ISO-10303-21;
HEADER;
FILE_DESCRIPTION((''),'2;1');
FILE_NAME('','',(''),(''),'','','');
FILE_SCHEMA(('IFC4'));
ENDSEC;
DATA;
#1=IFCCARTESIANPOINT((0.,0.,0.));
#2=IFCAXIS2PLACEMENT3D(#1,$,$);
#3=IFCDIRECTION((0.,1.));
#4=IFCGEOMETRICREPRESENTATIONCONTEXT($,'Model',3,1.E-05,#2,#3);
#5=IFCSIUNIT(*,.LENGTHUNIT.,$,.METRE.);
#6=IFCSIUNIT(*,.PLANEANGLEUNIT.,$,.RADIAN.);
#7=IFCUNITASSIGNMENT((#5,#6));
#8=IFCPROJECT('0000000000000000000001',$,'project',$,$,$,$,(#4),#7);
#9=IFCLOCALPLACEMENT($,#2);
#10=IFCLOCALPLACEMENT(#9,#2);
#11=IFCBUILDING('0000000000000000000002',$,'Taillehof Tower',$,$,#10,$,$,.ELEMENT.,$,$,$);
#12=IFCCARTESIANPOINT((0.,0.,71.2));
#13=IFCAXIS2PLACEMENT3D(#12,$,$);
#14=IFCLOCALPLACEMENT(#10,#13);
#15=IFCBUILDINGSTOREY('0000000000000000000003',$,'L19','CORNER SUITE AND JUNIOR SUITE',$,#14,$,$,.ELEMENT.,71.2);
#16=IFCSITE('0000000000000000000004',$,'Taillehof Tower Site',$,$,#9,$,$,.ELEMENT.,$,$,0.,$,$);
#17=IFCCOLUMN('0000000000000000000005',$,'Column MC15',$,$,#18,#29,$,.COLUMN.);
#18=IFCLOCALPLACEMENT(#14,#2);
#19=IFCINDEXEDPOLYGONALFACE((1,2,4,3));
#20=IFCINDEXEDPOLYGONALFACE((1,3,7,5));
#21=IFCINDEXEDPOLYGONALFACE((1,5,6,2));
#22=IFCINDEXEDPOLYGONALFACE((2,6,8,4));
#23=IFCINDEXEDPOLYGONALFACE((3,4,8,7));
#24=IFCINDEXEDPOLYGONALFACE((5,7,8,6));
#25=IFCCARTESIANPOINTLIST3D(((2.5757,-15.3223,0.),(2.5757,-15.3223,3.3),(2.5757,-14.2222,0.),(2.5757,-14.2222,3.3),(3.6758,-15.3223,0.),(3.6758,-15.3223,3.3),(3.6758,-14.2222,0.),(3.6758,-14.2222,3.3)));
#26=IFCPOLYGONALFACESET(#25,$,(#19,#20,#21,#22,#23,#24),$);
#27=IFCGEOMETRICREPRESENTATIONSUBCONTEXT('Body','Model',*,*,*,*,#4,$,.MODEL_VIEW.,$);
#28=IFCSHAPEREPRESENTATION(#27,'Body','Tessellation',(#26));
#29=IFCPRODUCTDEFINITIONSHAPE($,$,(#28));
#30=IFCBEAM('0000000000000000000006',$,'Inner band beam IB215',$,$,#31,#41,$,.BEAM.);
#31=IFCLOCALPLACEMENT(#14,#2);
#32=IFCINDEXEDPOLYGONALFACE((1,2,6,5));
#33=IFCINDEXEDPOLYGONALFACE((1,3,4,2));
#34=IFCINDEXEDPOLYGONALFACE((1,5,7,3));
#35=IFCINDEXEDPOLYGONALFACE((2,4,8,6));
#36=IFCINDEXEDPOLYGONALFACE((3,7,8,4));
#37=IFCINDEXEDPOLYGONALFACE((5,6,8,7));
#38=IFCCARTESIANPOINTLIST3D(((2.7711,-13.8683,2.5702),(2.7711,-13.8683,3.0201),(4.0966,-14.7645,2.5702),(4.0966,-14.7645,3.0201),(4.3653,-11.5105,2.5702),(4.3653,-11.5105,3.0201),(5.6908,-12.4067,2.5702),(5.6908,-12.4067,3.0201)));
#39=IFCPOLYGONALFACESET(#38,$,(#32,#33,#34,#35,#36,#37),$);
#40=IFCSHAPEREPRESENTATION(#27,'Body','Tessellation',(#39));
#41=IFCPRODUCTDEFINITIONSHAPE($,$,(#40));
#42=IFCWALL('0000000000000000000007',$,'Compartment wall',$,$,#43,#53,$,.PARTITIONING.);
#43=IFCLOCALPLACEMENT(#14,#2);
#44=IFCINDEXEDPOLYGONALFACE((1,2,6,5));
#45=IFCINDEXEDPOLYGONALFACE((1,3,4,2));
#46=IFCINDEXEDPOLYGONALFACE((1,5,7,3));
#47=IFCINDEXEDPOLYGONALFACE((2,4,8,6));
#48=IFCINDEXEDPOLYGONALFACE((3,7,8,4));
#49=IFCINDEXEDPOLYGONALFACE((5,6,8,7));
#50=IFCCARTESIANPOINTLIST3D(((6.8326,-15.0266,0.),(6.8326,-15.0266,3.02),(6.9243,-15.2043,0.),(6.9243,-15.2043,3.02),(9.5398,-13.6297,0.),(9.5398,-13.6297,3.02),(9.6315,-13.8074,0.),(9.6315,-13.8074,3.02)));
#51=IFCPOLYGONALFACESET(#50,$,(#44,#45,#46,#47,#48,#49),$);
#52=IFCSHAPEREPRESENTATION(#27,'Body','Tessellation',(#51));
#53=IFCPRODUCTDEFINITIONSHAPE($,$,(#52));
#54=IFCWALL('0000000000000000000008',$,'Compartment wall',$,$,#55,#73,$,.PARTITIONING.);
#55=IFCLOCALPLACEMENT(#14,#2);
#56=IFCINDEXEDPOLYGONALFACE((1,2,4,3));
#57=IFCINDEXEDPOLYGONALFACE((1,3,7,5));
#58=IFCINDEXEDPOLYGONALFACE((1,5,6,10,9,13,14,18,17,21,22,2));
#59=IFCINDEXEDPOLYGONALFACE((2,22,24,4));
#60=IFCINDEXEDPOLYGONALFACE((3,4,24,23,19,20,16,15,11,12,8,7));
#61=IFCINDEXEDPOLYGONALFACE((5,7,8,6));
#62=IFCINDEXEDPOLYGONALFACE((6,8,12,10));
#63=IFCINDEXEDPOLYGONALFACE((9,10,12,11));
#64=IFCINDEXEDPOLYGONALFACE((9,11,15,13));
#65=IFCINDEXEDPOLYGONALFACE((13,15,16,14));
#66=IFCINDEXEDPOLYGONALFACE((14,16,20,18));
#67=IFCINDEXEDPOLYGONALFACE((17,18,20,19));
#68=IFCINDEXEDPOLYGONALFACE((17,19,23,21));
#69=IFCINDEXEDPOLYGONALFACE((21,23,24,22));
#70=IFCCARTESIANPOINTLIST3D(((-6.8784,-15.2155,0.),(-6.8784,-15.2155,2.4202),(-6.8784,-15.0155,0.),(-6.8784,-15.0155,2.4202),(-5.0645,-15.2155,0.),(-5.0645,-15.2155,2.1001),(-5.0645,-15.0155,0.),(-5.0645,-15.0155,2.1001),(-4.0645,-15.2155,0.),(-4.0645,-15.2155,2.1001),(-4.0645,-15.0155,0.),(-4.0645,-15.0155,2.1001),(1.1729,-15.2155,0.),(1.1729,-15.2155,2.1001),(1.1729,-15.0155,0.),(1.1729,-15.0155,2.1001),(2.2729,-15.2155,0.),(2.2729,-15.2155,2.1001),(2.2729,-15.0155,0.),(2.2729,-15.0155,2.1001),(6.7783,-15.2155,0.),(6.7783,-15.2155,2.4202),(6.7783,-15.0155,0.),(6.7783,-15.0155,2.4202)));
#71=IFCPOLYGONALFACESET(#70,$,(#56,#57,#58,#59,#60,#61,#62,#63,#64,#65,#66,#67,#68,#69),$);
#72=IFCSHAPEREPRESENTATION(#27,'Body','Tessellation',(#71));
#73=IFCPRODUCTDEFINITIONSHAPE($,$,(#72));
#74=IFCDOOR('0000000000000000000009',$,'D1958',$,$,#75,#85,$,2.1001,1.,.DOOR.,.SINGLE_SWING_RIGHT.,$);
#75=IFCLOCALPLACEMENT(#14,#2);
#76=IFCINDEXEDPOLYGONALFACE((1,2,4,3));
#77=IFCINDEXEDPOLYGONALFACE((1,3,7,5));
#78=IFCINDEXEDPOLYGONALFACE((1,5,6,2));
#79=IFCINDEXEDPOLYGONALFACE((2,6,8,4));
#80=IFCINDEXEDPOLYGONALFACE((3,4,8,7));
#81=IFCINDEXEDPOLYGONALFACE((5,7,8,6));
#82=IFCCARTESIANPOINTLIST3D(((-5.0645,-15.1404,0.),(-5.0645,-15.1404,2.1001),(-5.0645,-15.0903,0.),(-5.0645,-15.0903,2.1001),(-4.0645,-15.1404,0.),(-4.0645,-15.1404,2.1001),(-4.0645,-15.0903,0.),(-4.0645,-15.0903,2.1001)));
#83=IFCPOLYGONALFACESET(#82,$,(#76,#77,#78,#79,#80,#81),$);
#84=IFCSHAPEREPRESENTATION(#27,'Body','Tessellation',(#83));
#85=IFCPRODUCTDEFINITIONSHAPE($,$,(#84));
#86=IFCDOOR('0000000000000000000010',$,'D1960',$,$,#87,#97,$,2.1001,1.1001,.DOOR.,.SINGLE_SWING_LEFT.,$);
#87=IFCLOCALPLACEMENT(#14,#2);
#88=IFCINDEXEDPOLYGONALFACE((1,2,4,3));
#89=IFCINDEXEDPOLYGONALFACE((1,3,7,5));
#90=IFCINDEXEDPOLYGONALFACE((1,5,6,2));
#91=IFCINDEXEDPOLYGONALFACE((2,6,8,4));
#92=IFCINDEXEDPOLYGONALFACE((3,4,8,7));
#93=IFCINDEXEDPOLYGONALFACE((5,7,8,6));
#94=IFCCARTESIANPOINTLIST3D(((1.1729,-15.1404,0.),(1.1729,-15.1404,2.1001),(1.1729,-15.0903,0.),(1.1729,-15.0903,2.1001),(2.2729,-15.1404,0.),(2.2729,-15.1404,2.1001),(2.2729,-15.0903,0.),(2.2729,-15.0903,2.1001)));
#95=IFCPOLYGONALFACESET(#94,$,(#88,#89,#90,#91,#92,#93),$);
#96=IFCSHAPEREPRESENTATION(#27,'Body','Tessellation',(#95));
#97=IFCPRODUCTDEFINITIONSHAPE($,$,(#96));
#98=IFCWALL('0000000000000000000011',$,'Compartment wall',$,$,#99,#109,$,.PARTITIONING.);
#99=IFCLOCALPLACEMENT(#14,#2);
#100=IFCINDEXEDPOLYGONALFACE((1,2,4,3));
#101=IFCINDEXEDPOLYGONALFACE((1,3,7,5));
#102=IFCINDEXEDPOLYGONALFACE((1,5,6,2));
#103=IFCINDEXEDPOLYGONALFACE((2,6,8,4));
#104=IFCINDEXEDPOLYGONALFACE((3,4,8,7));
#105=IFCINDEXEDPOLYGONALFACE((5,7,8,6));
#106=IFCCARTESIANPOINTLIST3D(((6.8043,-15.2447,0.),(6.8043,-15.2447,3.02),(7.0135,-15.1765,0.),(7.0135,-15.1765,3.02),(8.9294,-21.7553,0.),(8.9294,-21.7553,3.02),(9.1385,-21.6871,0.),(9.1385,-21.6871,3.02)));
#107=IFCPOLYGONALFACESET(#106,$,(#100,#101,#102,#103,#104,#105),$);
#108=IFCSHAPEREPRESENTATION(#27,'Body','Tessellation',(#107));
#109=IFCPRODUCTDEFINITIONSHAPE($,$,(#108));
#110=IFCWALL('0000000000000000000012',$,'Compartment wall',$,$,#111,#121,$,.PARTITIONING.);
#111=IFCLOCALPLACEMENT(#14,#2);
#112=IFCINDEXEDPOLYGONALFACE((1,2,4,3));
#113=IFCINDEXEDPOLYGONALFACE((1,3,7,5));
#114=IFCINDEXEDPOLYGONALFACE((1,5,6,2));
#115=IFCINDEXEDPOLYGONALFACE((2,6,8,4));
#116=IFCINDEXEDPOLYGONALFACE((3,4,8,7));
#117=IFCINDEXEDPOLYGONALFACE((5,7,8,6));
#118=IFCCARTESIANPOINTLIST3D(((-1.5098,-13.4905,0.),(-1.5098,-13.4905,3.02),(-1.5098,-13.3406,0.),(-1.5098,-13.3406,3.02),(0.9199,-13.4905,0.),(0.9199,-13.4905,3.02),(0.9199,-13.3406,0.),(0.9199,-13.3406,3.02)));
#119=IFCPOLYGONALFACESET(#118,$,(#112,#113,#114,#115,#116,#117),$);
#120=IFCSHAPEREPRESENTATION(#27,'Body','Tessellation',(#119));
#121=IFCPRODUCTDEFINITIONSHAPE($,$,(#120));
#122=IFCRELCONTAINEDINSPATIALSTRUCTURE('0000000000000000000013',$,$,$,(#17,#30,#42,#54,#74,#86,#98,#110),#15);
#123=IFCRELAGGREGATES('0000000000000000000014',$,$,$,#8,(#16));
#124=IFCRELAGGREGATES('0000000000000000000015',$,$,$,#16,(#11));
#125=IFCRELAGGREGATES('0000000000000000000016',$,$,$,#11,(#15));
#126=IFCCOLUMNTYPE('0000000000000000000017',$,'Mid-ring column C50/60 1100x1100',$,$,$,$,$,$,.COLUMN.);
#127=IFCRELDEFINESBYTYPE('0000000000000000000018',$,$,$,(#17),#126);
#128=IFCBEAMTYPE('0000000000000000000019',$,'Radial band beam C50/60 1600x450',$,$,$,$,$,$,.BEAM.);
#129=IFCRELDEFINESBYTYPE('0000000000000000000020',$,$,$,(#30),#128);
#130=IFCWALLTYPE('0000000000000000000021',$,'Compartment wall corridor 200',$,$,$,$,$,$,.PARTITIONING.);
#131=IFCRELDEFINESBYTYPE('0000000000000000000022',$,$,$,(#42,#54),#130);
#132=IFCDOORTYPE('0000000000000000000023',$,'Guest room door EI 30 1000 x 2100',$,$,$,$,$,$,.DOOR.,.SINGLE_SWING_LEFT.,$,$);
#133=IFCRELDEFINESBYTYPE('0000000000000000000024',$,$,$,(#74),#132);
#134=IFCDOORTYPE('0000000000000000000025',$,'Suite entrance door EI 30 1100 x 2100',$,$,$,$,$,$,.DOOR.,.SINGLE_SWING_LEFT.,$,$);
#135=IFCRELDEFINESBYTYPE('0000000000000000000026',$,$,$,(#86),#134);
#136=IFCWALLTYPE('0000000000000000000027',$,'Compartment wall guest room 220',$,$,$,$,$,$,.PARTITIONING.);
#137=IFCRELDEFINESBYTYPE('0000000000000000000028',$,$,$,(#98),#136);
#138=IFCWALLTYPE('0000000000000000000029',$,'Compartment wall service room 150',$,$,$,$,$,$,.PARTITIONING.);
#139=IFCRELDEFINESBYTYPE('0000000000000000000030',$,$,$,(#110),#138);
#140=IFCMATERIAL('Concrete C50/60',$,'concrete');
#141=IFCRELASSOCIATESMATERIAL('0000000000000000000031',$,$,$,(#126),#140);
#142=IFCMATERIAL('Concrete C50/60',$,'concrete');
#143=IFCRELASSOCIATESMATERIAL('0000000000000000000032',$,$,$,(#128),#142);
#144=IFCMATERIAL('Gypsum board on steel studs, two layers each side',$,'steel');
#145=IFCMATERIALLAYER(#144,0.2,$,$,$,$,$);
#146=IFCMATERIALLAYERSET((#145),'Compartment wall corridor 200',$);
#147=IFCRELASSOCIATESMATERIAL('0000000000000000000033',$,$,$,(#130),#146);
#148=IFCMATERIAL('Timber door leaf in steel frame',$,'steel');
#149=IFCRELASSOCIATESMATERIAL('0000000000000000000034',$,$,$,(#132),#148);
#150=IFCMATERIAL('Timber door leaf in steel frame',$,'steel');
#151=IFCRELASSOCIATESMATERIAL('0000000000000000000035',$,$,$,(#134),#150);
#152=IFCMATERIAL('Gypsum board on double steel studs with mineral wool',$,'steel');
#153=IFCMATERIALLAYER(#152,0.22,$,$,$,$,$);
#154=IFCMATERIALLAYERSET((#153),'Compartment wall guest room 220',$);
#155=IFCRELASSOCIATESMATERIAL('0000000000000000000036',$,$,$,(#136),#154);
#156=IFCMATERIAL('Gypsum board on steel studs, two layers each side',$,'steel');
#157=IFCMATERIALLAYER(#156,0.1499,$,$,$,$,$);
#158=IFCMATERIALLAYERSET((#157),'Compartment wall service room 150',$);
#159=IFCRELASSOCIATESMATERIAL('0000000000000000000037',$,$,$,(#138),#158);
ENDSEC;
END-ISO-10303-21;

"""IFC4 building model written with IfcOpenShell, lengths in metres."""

from ifc_helpers import new_model, si_unit, direction, frame, frame_2d, origin, origin_2d, place, context, subcontext, project, spatial, rectangle, extrude, material, layer, layer_set, material_profile, profile_set, type_object, element, fill, save


model = new_model("IFC4")

# Units and contexts
model_context = context("Model", 3, precision=1e-05, world=origin(), true_north=direction((0.0, 1.0)))
body_context = subcontext(model_context, "Body", "Model", "MODEL_VIEW")
ifc_project = project(units=[si_unit("LENGTHUNIT", "METRE"), si_unit("PLANEANGLEUNIT", "RADIAN")], contexts=[model_context])

# Site, building, storey
site_placement = place(None, origin())
site = spatial("IfcSite", under=ifc_project, at=site_placement, Name="Taillehof Tower Site", CompositionType="ELEMENT", RefElevation=0.0)
building_placement = place(site_placement, origin())
building = spatial("IfcBuilding", under=site, at=building_placement, Name="Taillehof Tower", CompositionType="ELEMENT")
storey_placement = place(building_placement, frame((0.0, 0.0, 71.2)))
storey = spatial("IfcBuildingStorey", under=building, at=storey_placement, Name="L19", Description="CORNER SUITE AND JUNIOR SUITE", CompositionType="ELEMENT", Elevation=71.2)

# Column
ifc_material_1 = material(Name="Concrete C50/60", Category="concrete")
ifc_material_profile_1 = material_profile(ifc_material_1, rectangle(XDim=1.1001, YDim=1.1001, at=origin_2d()), Name="RC 1100x1100")
ifc_profile_set_1 = profile_set([ifc_material_profile_1], Name="Concrete C50/60")
column_type = type_object("IfcColumnType", Name="Mid-ring column C50/60 1100x1100", PredefinedType="COLUMN", material=ifc_profile_set_1)
column_placement = place(storey_placement, frame((3.1257, -14.7722, 0.0), z_axis=(0.0, 0.0, 1.0), x_axis=(1.0, 0.0, 0.0)))
element("IfcColumn", 1, at=column_placement, inside=storey, type_object=column_type, Name="Column MC15", PredefinedType="COLUMN", context=body_context, shape_type="SweptSolid", body=[
    extrude(rectangle(XDim=1.1001, YDim=1.1001, at=origin_2d()), origin(), (0.0, 0.0, 1.0), 3.3),
])

# Beam
ifc_material_2 = material(Name="Concrete C50/60", Category="concrete")
ifc_material_profile_2 = material_profile(ifc_material_2, rectangle(XDim=1.6001, YDim=0.45, at=origin_2d()), Name="RC 1600x450")
ifc_profile_set_2 = profile_set([ifc_material_profile_2], Name="Concrete C50/60")
beam_type = type_object("IfcBeamType", Name="Radial band beam C50/60 1600x450", PredefinedType="BEAM", material=ifc_profile_set_2)
beam_placement = place(storey_placement, frame((3.4338, -14.3164, 2.7952), z_axis=(0.560112, 0.828417, 0.0), x_axis=(-0.828417, 0.560112, 0.0)))
element("IfcBeam", 2, at=beam_placement, inside=storey, type_object=beam_type, Name="Inner band beam IB215", PredefinedType="BEAM", context=body_context, shape_type="SweptSolid", body=[
    extrude(rectangle(XDim=1.6001, YDim=0.45, at=origin_2d()), origin(), (0.0, 0.0, 1.0), 2.8462),
])

# Wall
ifc_material_3 = material(Name="Gypsum board on steel studs, two layers each side", Category="steel")
ifc_layer_1 = layer(ifc_material_3, 0.2)
ifc_layer_set_1 = layer_set([ifc_layer_1], Name="Compartment wall corridor 200")
wall_type_1 = type_object("IfcWallType", Name="Compartment wall corridor 200", PredefinedType="PARTITIONING", material=ifc_layer_set_1)
wall_1_placement = place(storey_placement, frame((9.5857, -13.7185, 0.0), z_axis=(0.0, 0.0, 1.0), x_axis=(-0.888665, -0.458557, 0.0)))
element("IfcWall", 3, at=wall_1_placement, inside=storey, type_object=wall_type_1, Name="Compartment wall", PredefinedType="PARTITIONING", context=body_context, shape_type="SweptSolid", body=[
    extrude(rectangle(XDim=3.0464, YDim=0.2, at=frame_2d((1.5232, 0.0))), origin(), (0.0, 0.0, 1.0), 3.02),
])

# Wall, openings, doors
wall_2_placement = place(storey_placement, frame((6.7783, -15.1155, 0.0), z_axis=(0.0, 0.0, 1.0), x_axis=(-1.0, 0.0, 0.0)))
wall_2 = element("IfcWall", 4, at=wall_2_placement, inside=storey, type_object=wall_type_1, Name="Compartment wall", PredefinedType="PARTITIONING", context=body_context, shape_type="SweptSolid", body=[
    extrude(rectangle(XDim=13.6567, YDim=0.2, at=frame_2d((6.8284, 0.0))), origin(), (0.0, 0.0, 1.0), 2.4202),
])
opening_1_placement = place(wall_2_placement, frame((10.8428, 0.0, 0.0)))
opening_1 = element("IfcOpeningElement", 5, at=opening_1_placement, cuts=wall_2, PredefinedType="OPENING", context=body_context, shape_type="SweptSolid", body=[
    extrude(rectangle(XDim=1.0, YDim=2.1001, at=frame_2d((0.5, 1.05))), frame((0.0, 0.1099, 0.0), z_axis=(0.0, -1.0, 0.0), x_axis=(1.0, 0.0, 0.0)), (0.0, 0.0, 1.0), 0.22),
])
opening_2_placement = place(wall_2_placement, frame((4.5054, 0.0, 0.0)))
opening_2 = element("IfcOpeningElement", 6, at=opening_2_placement, cuts=wall_2, PredefinedType="OPENING", context=body_context, shape_type="SweptSolid", body=[
    extrude(rectangle(XDim=1.1001, YDim=2.1001, at=frame_2d((0.55, 1.05))), frame((0.0, 0.1099, 0.0), z_axis=(0.0, -1.0, 0.0), x_axis=(1.0, 0.0, 0.0)), (0.0, 0.0, 1.0), 0.22),
])
ifc_material_4 = material(Name="Timber door leaf in steel frame", Category="steel")
door_type_1 = type_object("IfcDoorType", Name="Guest room door EI 30 1000 x 2100", OperationType="SINGLE_SWING_LEFT", PredefinedType="DOOR", material=ifc_material_4)
door_1_placement = place(opening_1_placement, origin())
door_1 = element("IfcDoor", 7, at=door_1_placement, inside=storey, type_object=door_type_1, Name="D1958", OperationType="SINGLE_SWING_RIGHT", OverallHeight=2.1001, OverallWidth=1.0, PredefinedType="DOOR", context=body_context, shape_type="SweptSolid", body=[
    extrude(rectangle(XDim=1.0, YDim=2.1001, at=frame_2d((0.5, 1.05))), frame((0.0, 0.0249, 0.0), z_axis=(0.0, -1.0, 0.0), x_axis=(1.0, 0.0, 0.0)), (0.0, 0.0, 1.0), 0.05),
])
fill(opening_1, door_1)
ifc_material_5 = material(Name="Timber door leaf in steel frame", Category="steel")
door_type_2 = type_object("IfcDoorType", Name="Suite entrance door EI 30 1100 x 2100", OperationType="SINGLE_SWING_LEFT", PredefinedType="DOOR", material=ifc_material_5)
door_2_placement = place(opening_2_placement, origin())
door_2 = element("IfcDoor", 8, at=door_2_placement, inside=storey, type_object=door_type_2, Name="D1960", OperationType="SINGLE_SWING_LEFT", OverallHeight=2.1001, OverallWidth=1.1001, PredefinedType="DOOR", context=body_context, shape_type="SweptSolid", body=[
    extrude(rectangle(XDim=1.1001, YDim=2.1001, at=frame_2d((0.55, 1.05))), frame((0.0, 0.0249, 0.0), z_axis=(0.0, -1.0, 0.0), x_axis=(1.0, 0.0, 0.0)), (0.0, 0.0, 1.0), 0.05),
])
fill(opening_2, door_2)

# Walls
ifc_material_6 = material(Name="Gypsum board on double steel studs with mineral wool", Category="steel")
ifc_layer_2 = layer(ifc_material_6, 0.22)
ifc_layer_set_2 = layer_set([ifc_layer_2], Name="Compartment wall guest room 220")
wall_type_2 = type_object("IfcWallType", Name="Compartment wall guest room 220", PredefinedType="PARTITIONING", material=ifc_layer_set_2)
wall_3_placement = place(storey_placement, frame((9.0339, -21.7212, 0.0), z_axis=(0.0, 0.0, 1.0), x_axis=(-0.310286, 0.950643, 0.0)))
element("IfcWall", 9, at=wall_3_placement, inside=storey, type_object=wall_type_2, Name="Compartment wall", PredefinedType="PARTITIONING", context=body_context, shape_type="SweptSolid", body=[
    extrude(rectangle(XDim=6.8486, YDim=0.22, at=frame_2d((3.4243, 0.0))), origin(), (0.0, 0.0, 1.0), 3.02),
])
ifc_material_7 = material(Name="Gypsum board on steel studs, two layers each side", Category="steel")
ifc_layer_3 = layer(ifc_material_7, 0.1499)
ifc_layer_set_3 = layer_set([ifc_layer_3], Name="Compartment wall service room 150")
wall_type_3 = type_object("IfcWallType", Name="Compartment wall service room 150", PredefinedType="PARTITIONING", material=ifc_layer_set_3)
wall_4_placement = place(storey_placement, frame((0.9199, -13.4155, 0.0), z_axis=(0.0, 0.0, 1.0), x_axis=(-1.0, 0.0, 0.0)))
element("IfcWall", 10, at=wall_4_placement, inside=storey, type_object=wall_type_3, Name="Compartment wall", PredefinedType="PARTITIONING", context=body_context, shape_type="SweptSolid", body=[
    extrude(rectangle(XDim=2.4297, YDim=0.1499, at=frame_2d((1.2148, 0.0))), origin(), (0.0, 0.0, 1.0), 3.02),
])

save(model, "model.ifc")
